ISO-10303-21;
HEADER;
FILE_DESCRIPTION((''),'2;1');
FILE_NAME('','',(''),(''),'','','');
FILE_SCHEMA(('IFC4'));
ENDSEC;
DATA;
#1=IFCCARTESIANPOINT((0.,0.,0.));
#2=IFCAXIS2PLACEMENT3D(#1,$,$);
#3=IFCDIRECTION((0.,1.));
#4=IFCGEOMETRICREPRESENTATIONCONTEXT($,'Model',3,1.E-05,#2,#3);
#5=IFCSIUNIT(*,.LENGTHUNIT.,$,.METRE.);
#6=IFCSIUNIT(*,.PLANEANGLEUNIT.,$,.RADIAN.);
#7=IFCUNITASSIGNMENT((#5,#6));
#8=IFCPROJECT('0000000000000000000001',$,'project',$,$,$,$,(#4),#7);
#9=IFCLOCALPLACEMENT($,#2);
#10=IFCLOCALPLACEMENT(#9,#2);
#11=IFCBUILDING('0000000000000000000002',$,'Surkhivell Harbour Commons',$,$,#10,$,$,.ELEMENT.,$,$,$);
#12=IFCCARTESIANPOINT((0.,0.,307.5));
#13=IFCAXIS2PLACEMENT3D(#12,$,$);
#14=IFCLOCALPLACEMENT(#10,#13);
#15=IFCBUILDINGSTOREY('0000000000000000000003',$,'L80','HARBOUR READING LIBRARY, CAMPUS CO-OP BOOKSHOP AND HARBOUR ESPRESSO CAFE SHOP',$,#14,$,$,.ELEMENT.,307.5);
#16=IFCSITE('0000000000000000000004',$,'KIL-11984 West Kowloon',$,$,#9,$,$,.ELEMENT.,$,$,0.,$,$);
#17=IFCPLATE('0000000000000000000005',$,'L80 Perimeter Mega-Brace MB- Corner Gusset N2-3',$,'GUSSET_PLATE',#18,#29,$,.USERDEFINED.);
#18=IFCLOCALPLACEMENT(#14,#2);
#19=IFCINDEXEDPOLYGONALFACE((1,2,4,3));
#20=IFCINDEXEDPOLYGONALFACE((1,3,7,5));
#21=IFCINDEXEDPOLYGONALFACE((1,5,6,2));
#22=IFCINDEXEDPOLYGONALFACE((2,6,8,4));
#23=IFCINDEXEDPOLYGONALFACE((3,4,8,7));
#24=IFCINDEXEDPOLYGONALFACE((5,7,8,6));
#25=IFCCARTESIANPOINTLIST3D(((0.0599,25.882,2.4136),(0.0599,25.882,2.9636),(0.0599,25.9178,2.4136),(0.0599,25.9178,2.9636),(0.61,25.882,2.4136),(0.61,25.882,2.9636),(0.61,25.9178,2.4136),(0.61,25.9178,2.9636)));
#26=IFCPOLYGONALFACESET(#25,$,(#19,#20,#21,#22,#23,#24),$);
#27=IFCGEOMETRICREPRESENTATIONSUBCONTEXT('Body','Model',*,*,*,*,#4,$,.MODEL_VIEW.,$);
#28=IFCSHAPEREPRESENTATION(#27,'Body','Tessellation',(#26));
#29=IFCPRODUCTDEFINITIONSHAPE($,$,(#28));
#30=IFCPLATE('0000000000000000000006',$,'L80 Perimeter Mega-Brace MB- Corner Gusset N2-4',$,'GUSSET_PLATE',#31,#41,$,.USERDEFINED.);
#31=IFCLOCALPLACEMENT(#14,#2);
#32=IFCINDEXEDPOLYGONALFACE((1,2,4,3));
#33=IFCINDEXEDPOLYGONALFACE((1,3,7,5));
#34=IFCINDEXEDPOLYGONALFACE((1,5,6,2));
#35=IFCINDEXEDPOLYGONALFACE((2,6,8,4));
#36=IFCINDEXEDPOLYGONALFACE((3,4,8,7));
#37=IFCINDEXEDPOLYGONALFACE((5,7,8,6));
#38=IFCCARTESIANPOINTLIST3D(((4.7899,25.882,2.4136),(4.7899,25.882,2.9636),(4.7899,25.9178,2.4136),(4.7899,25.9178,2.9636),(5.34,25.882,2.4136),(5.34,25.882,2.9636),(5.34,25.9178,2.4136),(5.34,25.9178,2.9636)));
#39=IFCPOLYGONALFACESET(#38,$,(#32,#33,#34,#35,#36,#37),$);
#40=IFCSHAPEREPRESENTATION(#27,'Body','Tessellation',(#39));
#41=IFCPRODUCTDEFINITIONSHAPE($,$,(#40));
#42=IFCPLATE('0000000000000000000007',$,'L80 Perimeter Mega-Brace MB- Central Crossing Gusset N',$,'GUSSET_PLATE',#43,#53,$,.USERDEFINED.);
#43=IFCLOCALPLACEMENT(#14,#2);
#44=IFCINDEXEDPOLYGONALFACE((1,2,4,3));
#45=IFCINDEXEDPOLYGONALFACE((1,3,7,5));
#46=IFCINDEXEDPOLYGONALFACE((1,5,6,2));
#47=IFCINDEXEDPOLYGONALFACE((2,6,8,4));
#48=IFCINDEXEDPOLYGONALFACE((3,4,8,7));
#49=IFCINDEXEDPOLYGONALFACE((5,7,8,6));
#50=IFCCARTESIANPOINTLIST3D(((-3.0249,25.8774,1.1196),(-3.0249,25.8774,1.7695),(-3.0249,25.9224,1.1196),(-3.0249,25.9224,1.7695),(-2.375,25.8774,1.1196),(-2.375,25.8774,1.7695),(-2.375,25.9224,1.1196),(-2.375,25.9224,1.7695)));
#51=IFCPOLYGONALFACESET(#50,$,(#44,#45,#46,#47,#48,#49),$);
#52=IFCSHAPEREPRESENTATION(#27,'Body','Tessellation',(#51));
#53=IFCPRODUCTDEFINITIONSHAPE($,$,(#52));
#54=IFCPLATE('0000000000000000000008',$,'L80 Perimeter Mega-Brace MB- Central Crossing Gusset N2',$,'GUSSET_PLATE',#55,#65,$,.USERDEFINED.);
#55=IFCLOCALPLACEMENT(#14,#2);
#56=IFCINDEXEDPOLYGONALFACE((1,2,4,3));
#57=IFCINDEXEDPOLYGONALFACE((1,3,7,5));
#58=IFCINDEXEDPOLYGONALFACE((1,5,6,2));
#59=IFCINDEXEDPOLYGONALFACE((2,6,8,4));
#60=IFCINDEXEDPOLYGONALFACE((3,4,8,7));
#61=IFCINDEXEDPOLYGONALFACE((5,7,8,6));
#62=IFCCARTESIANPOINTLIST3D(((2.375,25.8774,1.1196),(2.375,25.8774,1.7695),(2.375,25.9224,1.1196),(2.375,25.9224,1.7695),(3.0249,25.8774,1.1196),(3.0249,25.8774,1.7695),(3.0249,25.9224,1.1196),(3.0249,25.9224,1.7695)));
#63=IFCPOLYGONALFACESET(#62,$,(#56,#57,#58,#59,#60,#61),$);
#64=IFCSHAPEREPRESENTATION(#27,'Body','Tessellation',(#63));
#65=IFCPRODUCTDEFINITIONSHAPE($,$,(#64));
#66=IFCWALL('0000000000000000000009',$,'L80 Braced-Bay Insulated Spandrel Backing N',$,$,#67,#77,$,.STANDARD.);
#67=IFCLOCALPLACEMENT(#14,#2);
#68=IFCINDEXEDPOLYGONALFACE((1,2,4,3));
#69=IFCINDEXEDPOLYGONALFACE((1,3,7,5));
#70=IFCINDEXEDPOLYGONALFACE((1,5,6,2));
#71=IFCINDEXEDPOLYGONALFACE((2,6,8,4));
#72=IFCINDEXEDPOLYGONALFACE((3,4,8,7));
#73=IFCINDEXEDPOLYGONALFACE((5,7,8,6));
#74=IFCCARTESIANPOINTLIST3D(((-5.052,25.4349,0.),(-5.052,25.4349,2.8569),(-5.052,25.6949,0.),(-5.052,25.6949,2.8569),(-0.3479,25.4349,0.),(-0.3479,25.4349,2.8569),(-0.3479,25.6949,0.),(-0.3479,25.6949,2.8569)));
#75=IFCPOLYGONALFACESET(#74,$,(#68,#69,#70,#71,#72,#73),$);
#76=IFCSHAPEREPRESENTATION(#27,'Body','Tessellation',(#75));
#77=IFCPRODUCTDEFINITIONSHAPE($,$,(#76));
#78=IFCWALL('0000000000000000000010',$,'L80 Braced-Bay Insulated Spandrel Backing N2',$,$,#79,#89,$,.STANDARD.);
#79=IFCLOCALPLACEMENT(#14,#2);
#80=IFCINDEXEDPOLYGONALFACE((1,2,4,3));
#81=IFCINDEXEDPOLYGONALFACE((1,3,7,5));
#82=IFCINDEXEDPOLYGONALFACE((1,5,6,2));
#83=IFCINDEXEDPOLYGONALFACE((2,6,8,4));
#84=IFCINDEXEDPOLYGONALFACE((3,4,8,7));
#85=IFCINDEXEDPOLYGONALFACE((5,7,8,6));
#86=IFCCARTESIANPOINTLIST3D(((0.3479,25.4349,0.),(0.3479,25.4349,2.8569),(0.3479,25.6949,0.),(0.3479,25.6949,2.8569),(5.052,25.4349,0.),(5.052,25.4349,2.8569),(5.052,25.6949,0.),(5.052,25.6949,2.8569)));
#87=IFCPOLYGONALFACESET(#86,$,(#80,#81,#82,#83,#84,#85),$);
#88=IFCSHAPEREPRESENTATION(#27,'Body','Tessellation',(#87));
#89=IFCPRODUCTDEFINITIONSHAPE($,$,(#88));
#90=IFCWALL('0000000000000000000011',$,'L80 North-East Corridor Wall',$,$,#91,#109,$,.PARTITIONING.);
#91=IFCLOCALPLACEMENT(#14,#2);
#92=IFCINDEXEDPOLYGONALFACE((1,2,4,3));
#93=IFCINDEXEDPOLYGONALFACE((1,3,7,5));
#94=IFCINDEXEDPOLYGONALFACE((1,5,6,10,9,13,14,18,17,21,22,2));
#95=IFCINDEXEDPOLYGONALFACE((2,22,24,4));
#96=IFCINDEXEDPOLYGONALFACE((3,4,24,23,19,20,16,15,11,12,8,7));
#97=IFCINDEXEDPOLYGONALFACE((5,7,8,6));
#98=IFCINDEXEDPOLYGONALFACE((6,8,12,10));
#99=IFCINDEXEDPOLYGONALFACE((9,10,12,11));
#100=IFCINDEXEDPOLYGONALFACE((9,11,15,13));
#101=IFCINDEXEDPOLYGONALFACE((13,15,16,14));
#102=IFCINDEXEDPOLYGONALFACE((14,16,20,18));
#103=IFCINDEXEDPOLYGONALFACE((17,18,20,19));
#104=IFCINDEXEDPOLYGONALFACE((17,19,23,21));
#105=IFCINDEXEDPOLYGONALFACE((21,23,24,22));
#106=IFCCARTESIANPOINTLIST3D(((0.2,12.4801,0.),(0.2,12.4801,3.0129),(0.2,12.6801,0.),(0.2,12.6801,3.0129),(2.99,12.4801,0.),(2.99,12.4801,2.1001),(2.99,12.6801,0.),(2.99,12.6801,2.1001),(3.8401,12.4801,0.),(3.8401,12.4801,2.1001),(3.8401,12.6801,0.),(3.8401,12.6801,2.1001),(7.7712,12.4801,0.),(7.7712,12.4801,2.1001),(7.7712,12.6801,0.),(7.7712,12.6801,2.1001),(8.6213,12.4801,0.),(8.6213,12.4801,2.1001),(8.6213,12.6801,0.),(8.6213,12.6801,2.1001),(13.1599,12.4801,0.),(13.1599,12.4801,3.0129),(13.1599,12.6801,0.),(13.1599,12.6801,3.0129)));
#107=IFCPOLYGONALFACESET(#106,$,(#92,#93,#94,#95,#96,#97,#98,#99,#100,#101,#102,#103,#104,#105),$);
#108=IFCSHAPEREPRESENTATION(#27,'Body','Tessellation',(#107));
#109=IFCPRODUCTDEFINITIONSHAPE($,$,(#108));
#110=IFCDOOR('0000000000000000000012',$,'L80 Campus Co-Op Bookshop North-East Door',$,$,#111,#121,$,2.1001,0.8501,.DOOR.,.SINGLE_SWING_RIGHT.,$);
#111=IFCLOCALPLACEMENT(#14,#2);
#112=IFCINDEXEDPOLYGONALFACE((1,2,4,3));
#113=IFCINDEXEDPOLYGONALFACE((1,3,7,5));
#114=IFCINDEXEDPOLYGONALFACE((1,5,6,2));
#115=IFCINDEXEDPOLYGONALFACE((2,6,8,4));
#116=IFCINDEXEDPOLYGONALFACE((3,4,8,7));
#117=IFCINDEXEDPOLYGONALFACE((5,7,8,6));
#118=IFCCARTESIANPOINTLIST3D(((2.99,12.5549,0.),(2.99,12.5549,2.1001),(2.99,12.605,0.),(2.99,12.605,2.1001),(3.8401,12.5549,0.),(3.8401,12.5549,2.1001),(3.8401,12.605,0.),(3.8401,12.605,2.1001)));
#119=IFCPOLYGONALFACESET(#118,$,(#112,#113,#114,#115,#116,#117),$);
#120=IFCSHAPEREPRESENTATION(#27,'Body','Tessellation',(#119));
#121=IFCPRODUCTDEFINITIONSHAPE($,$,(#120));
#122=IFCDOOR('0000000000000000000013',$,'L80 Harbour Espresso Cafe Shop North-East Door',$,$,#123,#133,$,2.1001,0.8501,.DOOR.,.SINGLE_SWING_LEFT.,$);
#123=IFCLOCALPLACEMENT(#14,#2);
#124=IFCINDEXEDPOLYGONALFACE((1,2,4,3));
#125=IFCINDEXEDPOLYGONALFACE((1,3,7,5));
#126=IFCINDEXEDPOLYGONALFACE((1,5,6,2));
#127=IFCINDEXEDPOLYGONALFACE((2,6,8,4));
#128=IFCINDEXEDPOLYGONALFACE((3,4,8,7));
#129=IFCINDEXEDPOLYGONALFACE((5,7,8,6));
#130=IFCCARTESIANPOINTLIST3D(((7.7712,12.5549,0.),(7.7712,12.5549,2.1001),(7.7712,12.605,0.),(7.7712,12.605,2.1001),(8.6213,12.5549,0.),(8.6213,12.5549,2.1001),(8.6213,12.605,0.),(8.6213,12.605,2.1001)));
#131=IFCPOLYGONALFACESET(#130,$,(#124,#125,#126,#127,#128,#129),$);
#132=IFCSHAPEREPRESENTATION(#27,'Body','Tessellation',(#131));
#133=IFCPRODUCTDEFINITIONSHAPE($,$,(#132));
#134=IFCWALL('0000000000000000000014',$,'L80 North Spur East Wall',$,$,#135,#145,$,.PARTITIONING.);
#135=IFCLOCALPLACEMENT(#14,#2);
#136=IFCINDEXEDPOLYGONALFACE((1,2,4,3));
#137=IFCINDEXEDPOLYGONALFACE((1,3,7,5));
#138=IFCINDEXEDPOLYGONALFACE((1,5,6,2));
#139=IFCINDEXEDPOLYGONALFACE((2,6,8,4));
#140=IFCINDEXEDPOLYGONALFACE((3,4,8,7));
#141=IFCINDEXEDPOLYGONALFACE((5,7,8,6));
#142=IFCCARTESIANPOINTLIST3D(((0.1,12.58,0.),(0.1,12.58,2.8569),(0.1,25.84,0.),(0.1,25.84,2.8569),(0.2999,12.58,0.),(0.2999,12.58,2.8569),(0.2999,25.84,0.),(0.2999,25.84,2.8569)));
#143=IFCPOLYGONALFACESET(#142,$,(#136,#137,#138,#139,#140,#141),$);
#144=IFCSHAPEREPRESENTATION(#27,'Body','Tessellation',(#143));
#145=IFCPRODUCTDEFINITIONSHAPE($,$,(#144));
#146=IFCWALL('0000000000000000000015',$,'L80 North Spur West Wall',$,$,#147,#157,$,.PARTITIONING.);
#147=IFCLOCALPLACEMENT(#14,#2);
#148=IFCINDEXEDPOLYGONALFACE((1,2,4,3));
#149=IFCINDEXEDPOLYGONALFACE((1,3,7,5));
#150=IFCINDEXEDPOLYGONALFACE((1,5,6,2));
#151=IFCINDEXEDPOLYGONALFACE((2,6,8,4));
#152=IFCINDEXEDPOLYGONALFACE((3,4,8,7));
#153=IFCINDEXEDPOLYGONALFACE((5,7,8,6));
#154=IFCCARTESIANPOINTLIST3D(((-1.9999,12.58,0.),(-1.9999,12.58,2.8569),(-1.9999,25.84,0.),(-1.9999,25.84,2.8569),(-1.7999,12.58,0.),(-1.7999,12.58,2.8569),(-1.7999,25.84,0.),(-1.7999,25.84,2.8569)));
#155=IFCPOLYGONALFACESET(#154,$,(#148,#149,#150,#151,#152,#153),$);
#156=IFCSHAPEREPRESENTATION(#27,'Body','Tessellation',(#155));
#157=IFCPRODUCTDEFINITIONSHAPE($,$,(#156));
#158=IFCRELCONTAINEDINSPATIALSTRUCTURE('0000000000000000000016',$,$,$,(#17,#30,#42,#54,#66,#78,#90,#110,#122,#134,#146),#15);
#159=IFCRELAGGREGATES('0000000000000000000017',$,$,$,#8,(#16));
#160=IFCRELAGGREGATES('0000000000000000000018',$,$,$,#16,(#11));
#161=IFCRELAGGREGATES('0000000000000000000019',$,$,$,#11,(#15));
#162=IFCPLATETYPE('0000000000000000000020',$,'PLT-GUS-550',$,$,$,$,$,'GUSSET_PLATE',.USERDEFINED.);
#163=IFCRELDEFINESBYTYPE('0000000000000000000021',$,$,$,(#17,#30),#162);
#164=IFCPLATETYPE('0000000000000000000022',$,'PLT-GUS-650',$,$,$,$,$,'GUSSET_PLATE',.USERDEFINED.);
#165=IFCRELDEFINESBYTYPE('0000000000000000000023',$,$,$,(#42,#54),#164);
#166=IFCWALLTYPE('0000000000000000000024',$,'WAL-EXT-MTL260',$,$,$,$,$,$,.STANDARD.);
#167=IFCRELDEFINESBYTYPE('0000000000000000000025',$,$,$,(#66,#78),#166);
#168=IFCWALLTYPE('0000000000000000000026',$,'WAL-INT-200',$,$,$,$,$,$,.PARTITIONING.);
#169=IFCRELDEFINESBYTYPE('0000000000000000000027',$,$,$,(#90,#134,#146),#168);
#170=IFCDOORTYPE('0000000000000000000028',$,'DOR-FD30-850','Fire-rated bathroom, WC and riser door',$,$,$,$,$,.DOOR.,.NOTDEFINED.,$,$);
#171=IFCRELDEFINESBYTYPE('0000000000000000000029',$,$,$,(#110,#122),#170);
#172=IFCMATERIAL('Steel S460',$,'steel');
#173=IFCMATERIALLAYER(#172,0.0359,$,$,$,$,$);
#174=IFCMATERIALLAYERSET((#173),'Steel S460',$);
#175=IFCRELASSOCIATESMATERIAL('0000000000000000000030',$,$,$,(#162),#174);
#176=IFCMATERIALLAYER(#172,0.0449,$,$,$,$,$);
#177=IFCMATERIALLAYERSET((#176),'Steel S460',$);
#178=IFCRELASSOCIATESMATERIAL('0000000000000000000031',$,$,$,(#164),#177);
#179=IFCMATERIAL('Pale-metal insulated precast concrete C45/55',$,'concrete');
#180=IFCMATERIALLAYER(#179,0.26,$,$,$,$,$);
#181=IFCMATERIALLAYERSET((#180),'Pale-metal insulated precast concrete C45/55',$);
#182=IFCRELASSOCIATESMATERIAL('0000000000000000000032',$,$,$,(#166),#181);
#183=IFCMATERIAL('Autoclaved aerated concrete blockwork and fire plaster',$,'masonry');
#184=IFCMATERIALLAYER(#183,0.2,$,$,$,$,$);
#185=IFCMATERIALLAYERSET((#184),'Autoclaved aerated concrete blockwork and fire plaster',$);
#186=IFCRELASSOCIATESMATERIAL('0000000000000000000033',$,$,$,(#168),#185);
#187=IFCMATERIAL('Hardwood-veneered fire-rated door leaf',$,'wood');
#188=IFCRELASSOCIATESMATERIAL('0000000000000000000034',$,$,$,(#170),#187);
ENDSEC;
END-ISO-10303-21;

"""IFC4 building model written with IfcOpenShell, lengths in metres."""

from ifc_helpers import new_model, si_unit, direction, frame, frame_2d, origin, origin_2d, place, context, subcontext, project, spatial, rectangle, extrude, material, layer, layer_set, type_object, element, fill, save


model = new_model("IFC4")

# Units and contexts
model_context = context("Model", 3, precision=1e-05, world=origin(), true_north=direction((0.0, 1.0)))
body_context = subcontext(model_context, "Body", "Model", "MODEL_VIEW")
ifc_project = project(units=[si_unit("LENGTHUNIT", "METRE"), si_unit("PLANEANGLEUNIT", "RADIAN")], contexts=[model_context])

# Site, building, storey
site_placement = place(None, origin())
site = spatial("IfcSite", under=ifc_project, at=site_placement, Name="KIL-11984 West Kowloon", CompositionType="ELEMENT", RefElevation=0.0)
building_placement = place(site_placement, origin())
building = spatial("IfcBuilding", under=site, at=building_placement, Name="Surkhivell Harbour Commons", CompositionType="ELEMENT")
storey_placement = place(building_placement, frame((0.0, 0.0, 307.5)))
storey = spatial("IfcBuildingStorey", under=building, at=storey_placement, Name="L80", Description="HARBOUR READING LIBRARY, CAMPUS CO-OP BOOKSHOP AND HARBOUR ESPRESSO CAFE SHOP", CompositionType="ELEMENT", Elevation=307.5)

# Plates
ifc_material_1 = material(Name="Steel S460", Category="steel")
ifc_layer_1 = layer(ifc_material_1, 0.0359)
ifc_layer_set_1 = layer_set([ifc_layer_1], Name="Steel S460")
plate_type_1 = type_object("IfcPlateType", Name="PLT-GUS-550", ElementType="GUSSET_PLATE", PredefinedType="USERDEFINED", material=ifc_layer_set_1)
for number, where, z_axis, x_axis, name in (
    (1, (0.335, 25.8999, 2.4136), (0.0, 0.0, 1.0), (1.0, 0.0, 0.0), "L80 Perimeter Mega-Brace MB- Corner Gusset N2-3"),
    (2, (5.0649, 25.8999, 2.4136), (0.0, 0.0, 1.0), (1.0, 0.0, 0.0), "L80 Perimeter Mega-Brace MB- Corner Gusset N2-4"),
):
    element("IfcPlate", number, at=place(storey_placement, frame(where, z_axis=z_axis, x_axis=x_axis)), inside=storey, type_object=plate_type_1, Name=name, ObjectType="GUSSET_PLATE", PredefinedType="USERDEFINED", context=body_context, shape_type="SweptSolid", body=[
        extrude(rectangle(XDim=0.55, YDim=0.0359, at=origin_2d()), origin(), (0.0, 0.0, 1.0), 0.55),
    ])
ifc_layer_2 = layer(ifc_material_1, 0.0449)
ifc_layer_set_2 = layer_set([ifc_layer_2], Name="Steel S460")
plate_type_2 = type_object("IfcPlateType", Name="PLT-GUS-650", ElementType="GUSSET_PLATE", PredefinedType="USERDEFINED", material=ifc_layer_set_2)
for number, where, z_axis, x_axis, name in (
    (3, (-2.7, 25.8999, 1.1196), (0.0, 0.0, 1.0), (1.0, 0.0, 0.0), "L80 Perimeter Mega-Brace MB- Central Crossing Gusset N"),
    (4, (2.7, 25.8999, 1.1196), (0.0, 0.0, 1.0), (1.0, 0.0, 0.0), "L80 Perimeter Mega-Brace MB- Central Crossing Gusset N2"),
):
    element("IfcPlate", number, at=place(storey_placement, frame(where, z_axis=z_axis, x_axis=x_axis)), inside=storey, type_object=plate_type_2, Name=name, ObjectType="GUSSET_PLATE", PredefinedType="USERDEFINED", context=body_context, shape_type="SweptSolid", body=[
        extrude(rectangle(XDim=0.6499, YDim=0.0449, at=origin_2d()), origin(), (0.0, 0.0, 1.0), 0.6499),
    ])

# Walls
ifc_material_2 = material(Name="Pale-metal insulated precast concrete C45/55", Category="concrete")
ifc_layer_3 = layer(ifc_material_2, 0.26)
ifc_layer_set_3 = layer_set([ifc_layer_3], Name="Pale-metal insulated precast concrete C45/55")
wall_type_1 = type_object("IfcWallType", Name="WAL-EXT-MTL260", PredefinedType="STANDARD", material=ifc_layer_set_3)
for number, where, z_axis, x_axis, name in (
    (5, (-0.3479, 25.5649, 0.0), (0.0, 0.0, 1.0), (-1.0, 0.0, 0.0), "L80 Braced-Bay Insulated Spandrel Backing N"),
    (6, (5.052, 25.5649, 0.0), (0.0, 0.0, 1.0), (-1.0, 0.0, 0.0), "L80 Braced-Bay Insulated Spandrel Backing N2"),
):
    element("IfcWall", number, at=place(storey_placement, frame(where, z_axis=z_axis, x_axis=x_axis)), inside=storey, type_object=wall_type_1, Name=name, PredefinedType="STANDARD", context=body_context, shape_type="SweptSolid", body=[
        extrude(rectangle(XDim=4.7041, YDim=0.26, at=frame_2d((2.3521, 0.0))), origin(), (0.0, 0.0, 1.0), 2.8569),
    ])

# Wall, openings, doors
ifc_material_3 = material(Name="Autoclaved aerated concrete blockwork and fire plaster", Category="masonry")
ifc_layer_4 = layer(ifc_material_3, 0.2)
ifc_layer_set_4 = layer_set([ifc_layer_4], Name="Autoclaved aerated concrete blockwork and fire plaster")
wall_type_2 = type_object("IfcWallType", Name="WAL-INT-200", PredefinedType="PARTITIONING", material=ifc_layer_set_4)
wall_placement = place(storey_placement, frame((0.2, 12.5801, 0.0), z_axis=(0.0, 0.0, 1.0), x_axis=(1.0, 0.0, 0.0)))
wall = element("IfcWall", 7, at=wall_placement, inside=storey, type_object=wall_type_2, Name="L80 North-East Corridor Wall", PredefinedType="PARTITIONING", context=body_context, shape_type="SweptSolid", body=[
    extrude(rectangle(XDim=12.96, YDim=0.2, at=frame_2d((6.48, 0.0))), origin(), (0.0, 0.0, 1.0), 3.0129),
])
opening_1_placement = place(wall_placement, frame((2.79, 0.0, 0.0)))
opening_1 = element("IfcOpeningElement", 8, at=opening_1_placement, cuts=wall, PredefinedType="OPENING", context=body_context, shape_type="SweptSolid", body=[
    extrude(rectangle(XDim=0.8501, YDim=2.1001, at=frame_2d((0.425, 1.05))), frame((0.0, 0.1099, 0.0), z_axis=(0.0, -1.0, 0.0), x_axis=(1.0, 0.0, 0.0)), (0.0, 0.0, 1.0), 0.22),
])
opening_2_placement = place(wall_placement, frame((7.5713, 0.0, 0.0)))
opening_2 = element("IfcOpeningElement", 9, at=opening_2_placement, cuts=wall, PredefinedType="OPENING", context=body_context, shape_type="SweptSolid", body=[
    extrude(rectangle(XDim=0.8501, YDim=2.1001, at=frame_2d((0.425, 1.05))), frame((0.0, 0.1099, 0.0), z_axis=(0.0, -1.0, 0.0), x_axis=(1.0, 0.0, 0.0)), (0.0, 0.0, 1.0), 0.22),
])
ifc_material_4 = material(Name="Hardwood-veneered fire-rated door leaf", Category="wood")
door_type = type_object("IfcDoorType", Name="DOR-FD30-850", Description="Fire-rated bathroom, WC and riser door", OperationType="NOTDEFINED", PredefinedType="DOOR", material=ifc_material_4)
door_1_placement = place(opening_1_placement, origin())
door_1 = element("IfcDoor", 10, at=door_1_placement, inside=storey, type_object=door_type, Name="L80 Campus Co-Op Bookshop North-East Door", OperationType="SINGLE_SWING_RIGHT", OverallHeight=2.1001, OverallWidth=0.8501, PredefinedType="DOOR", context=body_context, shape_type="SweptSolid", body=[
    extrude(rectangle(XDim=0.8501, YDim=2.1001, at=frame_2d((0.425, 1.05))), frame((0.0, 0.0249, 0.0), z_axis=(0.0, -1.0, 0.0), x_axis=(1.0, 0.0, 0.0)), (0.0, 0.0, 1.0), 0.05),
])
fill(opening_1, door_1)
door_2_placement = place(opening_2_placement, origin())
door_2 = element("IfcDoor", 11, at=door_2_placement, inside=storey, type_object=door_type, Name="L80 Harbour Espresso Cafe Shop North-East Door", OperationType="SINGLE_SWING_LEFT", OverallHeight=2.1001, OverallWidth=0.8501, PredefinedType="DOOR", context=body_context, shape_type="SweptSolid", body=[
    extrude(rectangle(XDim=0.8501, YDim=2.1001, at=frame_2d((0.425, 1.05))), frame((0.0, 0.0249, 0.0), z_axis=(0.0, -1.0, 0.0), x_axis=(1.0, 0.0, 0.0)), (0.0, 0.0, 1.0), 0.05),
])
fill(opening_2, door_2)

# Walls
for number, where, z_axis, x_axis, name in (
    (12, (0.2, 12.5801, 0.0), (0.0, 0.0, 1.0), (0.0, 1.0, 0.0), "L80 North Spur East Wall"),
    (13, (-1.8999, 12.5801, 0.0), (0.0, 0.0, 1.0), (0.0, 1.0, 0.0), "L80 North Spur West Wall"),
):
    element("IfcWall", number, at=place(storey_placement, frame(where, z_axis=z_axis, x_axis=x_axis)), inside=storey, type_object=wall_type_2, Name=name, PredefinedType="PARTITIONING", context=body_context, shape_type="SweptSolid", body=[
        extrude(rectangle(XDim=13.26, YDim=0.2, at=frame_2d((6.6299, 0.0))), origin(), (0.0, 0.0, 1.0), 2.8569),
    ])

save(model, "model.ifc")
